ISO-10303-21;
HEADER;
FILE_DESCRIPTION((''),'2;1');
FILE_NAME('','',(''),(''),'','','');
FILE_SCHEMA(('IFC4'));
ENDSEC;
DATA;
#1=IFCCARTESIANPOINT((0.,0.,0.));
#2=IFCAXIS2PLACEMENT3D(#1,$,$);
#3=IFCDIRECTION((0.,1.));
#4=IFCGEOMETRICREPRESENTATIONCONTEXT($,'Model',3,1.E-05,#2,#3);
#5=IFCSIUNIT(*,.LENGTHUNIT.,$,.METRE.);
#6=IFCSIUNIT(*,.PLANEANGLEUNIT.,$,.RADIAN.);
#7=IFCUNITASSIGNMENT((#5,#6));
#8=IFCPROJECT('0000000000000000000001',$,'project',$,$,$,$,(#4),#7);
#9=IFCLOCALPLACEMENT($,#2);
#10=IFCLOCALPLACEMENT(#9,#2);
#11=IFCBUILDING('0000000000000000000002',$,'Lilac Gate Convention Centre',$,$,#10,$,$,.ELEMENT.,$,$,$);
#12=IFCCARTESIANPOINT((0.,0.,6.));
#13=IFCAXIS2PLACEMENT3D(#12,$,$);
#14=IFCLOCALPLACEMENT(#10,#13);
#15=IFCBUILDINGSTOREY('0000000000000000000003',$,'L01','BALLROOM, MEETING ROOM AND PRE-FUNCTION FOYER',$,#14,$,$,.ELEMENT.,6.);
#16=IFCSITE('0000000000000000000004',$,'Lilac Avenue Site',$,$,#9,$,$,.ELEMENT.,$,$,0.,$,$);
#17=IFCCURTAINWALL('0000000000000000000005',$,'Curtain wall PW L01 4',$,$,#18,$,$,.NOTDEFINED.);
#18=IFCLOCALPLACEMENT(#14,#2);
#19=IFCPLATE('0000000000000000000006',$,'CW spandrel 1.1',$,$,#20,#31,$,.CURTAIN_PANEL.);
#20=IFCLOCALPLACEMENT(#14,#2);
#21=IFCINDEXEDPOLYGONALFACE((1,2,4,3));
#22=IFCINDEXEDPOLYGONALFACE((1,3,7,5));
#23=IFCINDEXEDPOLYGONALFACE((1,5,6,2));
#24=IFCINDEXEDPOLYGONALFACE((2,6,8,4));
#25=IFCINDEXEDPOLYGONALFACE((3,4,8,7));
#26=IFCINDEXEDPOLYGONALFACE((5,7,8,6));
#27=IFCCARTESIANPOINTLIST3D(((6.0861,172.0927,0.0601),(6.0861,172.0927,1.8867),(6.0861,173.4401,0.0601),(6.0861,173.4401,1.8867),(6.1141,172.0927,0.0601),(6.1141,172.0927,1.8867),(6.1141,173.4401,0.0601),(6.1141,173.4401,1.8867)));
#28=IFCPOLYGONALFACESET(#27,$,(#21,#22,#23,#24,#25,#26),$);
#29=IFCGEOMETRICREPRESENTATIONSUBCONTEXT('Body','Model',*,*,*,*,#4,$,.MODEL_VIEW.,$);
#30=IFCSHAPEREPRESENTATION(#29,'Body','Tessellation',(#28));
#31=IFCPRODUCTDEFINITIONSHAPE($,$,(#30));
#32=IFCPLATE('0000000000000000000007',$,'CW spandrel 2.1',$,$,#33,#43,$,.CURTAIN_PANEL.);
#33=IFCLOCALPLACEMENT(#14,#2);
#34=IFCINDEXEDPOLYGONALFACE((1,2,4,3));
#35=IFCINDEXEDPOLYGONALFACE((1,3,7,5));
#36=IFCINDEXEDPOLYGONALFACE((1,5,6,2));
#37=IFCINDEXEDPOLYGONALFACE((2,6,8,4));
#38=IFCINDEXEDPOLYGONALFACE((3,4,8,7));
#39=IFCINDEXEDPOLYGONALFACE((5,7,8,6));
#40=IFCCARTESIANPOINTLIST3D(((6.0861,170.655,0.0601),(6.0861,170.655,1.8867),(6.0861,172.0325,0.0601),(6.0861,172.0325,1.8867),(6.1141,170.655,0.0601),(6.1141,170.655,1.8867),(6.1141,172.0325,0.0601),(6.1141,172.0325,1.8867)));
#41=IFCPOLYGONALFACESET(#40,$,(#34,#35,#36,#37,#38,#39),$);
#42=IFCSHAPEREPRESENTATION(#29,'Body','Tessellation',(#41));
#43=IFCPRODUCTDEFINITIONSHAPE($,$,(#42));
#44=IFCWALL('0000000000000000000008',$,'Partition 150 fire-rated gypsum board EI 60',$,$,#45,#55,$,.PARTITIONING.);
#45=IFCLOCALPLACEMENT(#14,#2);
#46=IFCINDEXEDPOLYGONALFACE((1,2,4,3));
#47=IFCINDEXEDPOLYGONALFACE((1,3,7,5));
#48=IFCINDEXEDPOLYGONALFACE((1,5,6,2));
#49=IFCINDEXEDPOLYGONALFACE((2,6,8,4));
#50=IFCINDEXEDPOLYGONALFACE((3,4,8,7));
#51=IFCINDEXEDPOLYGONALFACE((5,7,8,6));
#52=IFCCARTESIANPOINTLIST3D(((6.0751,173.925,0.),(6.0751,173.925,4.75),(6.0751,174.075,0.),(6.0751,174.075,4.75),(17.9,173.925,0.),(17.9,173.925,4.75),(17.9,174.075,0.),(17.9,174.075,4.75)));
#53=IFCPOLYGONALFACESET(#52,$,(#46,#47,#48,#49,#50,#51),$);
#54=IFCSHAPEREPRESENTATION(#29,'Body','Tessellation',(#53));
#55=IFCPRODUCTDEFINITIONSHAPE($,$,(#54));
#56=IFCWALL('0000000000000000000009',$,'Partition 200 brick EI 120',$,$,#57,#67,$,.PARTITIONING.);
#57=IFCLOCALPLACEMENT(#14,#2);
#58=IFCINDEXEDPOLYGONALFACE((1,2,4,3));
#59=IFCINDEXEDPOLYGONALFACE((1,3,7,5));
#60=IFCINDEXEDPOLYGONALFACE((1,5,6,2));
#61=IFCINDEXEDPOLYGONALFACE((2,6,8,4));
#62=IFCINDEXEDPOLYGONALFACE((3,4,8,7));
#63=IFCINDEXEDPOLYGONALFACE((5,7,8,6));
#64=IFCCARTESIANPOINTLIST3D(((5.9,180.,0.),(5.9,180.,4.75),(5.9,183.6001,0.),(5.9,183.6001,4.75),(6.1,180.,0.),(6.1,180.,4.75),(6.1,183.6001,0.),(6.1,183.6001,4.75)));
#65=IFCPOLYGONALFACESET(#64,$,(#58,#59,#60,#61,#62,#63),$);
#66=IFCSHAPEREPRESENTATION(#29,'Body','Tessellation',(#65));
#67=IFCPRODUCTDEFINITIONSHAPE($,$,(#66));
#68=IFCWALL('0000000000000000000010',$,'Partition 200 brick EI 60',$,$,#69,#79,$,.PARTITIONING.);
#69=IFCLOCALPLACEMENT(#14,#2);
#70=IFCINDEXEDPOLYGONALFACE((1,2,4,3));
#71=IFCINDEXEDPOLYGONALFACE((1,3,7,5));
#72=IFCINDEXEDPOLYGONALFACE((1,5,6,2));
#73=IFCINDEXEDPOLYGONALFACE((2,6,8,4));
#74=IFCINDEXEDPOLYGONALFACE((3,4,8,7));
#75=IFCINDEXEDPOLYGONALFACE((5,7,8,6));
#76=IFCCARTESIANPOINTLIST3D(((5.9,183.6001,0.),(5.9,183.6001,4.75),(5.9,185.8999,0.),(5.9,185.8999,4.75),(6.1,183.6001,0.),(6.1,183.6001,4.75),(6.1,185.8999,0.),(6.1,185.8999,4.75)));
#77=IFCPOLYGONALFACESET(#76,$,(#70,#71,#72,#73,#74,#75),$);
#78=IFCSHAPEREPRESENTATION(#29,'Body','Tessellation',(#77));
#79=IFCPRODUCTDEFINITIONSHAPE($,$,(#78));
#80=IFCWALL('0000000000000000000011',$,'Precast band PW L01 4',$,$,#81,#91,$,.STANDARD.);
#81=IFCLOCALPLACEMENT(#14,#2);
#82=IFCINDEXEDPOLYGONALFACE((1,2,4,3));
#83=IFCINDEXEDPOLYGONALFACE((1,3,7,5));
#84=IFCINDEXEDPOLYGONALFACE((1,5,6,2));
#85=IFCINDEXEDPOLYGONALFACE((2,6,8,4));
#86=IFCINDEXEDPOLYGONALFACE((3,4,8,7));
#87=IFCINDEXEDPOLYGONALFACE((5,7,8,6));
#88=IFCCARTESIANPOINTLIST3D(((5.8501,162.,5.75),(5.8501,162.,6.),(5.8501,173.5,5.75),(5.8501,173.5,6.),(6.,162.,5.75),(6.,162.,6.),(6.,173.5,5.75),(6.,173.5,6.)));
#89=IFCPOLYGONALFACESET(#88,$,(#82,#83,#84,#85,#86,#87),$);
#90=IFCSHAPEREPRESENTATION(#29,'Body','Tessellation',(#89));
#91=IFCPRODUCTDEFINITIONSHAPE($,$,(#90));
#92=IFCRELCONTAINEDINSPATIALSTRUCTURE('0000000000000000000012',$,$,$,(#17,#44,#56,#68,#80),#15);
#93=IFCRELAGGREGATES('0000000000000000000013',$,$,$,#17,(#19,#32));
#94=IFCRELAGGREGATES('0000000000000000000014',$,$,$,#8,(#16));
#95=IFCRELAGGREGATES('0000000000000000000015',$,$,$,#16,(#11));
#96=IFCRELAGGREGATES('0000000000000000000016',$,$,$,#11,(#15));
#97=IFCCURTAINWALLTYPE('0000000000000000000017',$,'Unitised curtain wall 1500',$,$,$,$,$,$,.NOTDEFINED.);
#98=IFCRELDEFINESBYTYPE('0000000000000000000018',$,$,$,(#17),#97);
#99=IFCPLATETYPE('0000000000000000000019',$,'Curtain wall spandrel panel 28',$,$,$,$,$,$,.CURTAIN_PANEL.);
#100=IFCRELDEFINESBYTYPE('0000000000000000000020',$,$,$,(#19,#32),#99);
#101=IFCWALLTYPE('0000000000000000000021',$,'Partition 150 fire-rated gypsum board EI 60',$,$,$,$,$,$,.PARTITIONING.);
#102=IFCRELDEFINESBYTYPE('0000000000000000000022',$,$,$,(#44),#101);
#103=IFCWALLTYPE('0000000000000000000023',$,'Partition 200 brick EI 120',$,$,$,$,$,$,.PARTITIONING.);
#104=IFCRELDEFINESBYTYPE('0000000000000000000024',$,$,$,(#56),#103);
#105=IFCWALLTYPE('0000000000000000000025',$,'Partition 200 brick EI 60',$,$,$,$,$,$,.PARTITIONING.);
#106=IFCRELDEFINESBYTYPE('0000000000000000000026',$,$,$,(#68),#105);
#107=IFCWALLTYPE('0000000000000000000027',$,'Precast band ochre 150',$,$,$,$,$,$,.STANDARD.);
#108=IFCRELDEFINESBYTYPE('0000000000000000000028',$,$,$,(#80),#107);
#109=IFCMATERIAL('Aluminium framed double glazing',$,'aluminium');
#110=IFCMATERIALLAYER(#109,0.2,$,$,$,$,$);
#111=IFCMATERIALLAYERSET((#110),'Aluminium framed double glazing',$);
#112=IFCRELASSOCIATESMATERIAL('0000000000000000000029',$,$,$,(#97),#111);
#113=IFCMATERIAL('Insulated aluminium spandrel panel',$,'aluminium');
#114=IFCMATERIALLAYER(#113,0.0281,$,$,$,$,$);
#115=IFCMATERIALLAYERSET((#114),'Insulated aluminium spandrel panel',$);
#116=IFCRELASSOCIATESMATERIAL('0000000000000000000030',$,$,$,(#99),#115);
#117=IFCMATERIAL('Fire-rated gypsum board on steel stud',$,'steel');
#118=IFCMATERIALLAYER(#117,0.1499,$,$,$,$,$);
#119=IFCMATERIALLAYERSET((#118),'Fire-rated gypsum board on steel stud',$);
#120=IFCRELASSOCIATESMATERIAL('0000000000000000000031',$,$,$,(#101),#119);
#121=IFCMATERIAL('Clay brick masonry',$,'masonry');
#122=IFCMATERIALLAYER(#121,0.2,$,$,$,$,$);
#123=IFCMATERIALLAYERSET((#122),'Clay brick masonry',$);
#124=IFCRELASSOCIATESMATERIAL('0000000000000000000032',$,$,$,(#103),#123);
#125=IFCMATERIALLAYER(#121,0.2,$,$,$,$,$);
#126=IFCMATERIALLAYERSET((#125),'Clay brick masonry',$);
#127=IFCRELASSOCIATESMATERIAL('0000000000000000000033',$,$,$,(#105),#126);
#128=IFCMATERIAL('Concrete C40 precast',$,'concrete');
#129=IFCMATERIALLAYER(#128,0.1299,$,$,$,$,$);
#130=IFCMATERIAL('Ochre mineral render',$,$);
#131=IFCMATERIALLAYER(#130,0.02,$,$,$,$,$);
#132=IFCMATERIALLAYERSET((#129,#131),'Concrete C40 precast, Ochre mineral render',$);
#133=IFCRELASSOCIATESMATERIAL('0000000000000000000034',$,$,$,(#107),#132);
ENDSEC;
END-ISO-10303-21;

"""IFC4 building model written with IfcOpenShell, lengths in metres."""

from ifc_helpers import new_model, si_unit, direction, frame, frame_2d, origin, origin_2d, place, context, subcontext, project, spatial, rectangle, extrude, material, layer, layer_set, type_object, element, aggregate, save


model = new_model("IFC4")

# Units and contexts
model_context = context("Model", 3, precision=1e-05, world=origin(), true_north=direction((0.0, 1.0)))
body_context = subcontext(model_context, "Body", "Model", "MODEL_VIEW")
ifc_project = project(units=[si_unit("LENGTHUNIT", "METRE"), si_unit("PLANEANGLEUNIT", "RADIAN")], contexts=[model_context])

# Site, building, storey
site_placement = place(None, origin())
site = spatial("IfcSite", under=ifc_project, at=site_placement, Name="Lilac Avenue Site", CompositionType="ELEMENT", RefElevation=0.0)
building_placement = place(site_placement, origin())
building = spatial("IfcBuilding", under=site, at=building_placement, Name="Lilac Gate Convention Centre", CompositionType="ELEMENT")
storey_placement = place(building_placement, frame((0.0, 0.0, 6.0)))
storey = spatial("IfcBuildingStorey", under=building, at=storey_placement, Name="L01", Description="BALLROOM, MEETING ROOM AND PRE-FUNCTION FOYER", CompositionType="ELEMENT", Elevation=6.0)

# Curtain wall
ifc_material_1 = material(Name="Aluminium framed double glazing", Category="aluminium")
ifc_layer_1 = layer(ifc_material_1, 0.2)
ifc_layer_set_1 = layer_set([ifc_layer_1], Name="Aluminium framed double glazing")
curtain_wall_type = type_object("IfcCurtainWallType", Name="Unitised curtain wall 1500", PredefinedType="NOTDEFINED", material=ifc_layer_set_1)
curtain_wall_1_placement = place(storey_placement, origin())
curtain_wall_1 = element("IfcCurtainWall", 1, at=curtain_wall_1_placement, inside=storey, type_object=curtain_wall_type, Name="Curtain wall PW L01 4", PredefinedType="NOTDEFINED")

# Plates
ifc_material_2 = material(Name="Insulated aluminium spandrel panel", Category="aluminium")
ifc_layer_2 = layer(ifc_material_2, 0.0281)
ifc_layer_set_2 = layer_set([ifc_layer_2], Name="Insulated aluminium spandrel panel")
plate_type_1 = type_object("IfcPlateType", Name="Curtain wall spandrel panel 28", PredefinedType="CURTAIN_PANEL", material=ifc_layer_set_2)
plate_1_placement = place(storey_placement, frame((6.1001, 172.7664, 0.0601), z_axis=(0.0, 0.0, 1.0), x_axis=(0.0, -1.0, 0.0)))
plate_1 = element("IfcPlate", 2, at=plate_1_placement, type_object=plate_type_1, Name="CW spandrel 1.1", PredefinedType="CURTAIN_PANEL", context=body_context, shape_type="SweptSolid", body=[
    extrude(rectangle(XDim=1.3474, YDim=0.0281, at=origin_2d()), origin(), (0.0, 0.0, 1.0), 1.8267),
])
plate_2_placement = place(storey_placement, frame((6.1001, 171.3438, 0.0601), z_axis=(0.0, 0.0, 1.0), x_axis=(0.0, -1.0, 0.0)))
plate_2 = element("IfcPlate", 3, at=plate_2_placement, type_object=plate_type_1, Name="CW spandrel 2.1", PredefinedType="CURTAIN_PANEL", context=body_context, shape_type="SweptSolid", body=[
    extrude(rectangle(XDim=1.3774, YDim=0.0281, at=origin_2d()), origin(), (0.0, 0.0, 1.0), 1.8267),
])
aggregate(curtain_wall_1, [plate_1, plate_2])

# Walls
ifc_material_3 = material(Name="Fire-rated gypsum board on steel stud", Category="steel")
ifc_layer_3 = layer(ifc_material_3, 0.1499)
ifc_layer_set_3 = layer_set([ifc_layer_3], Name="Fire-rated gypsum board on steel stud")
wall_type_1 = type_object("IfcWallType", Name="Partition 150 fire-rated gypsum board EI 60", PredefinedType="PARTITIONING", material=ifc_layer_set_3)
wall_1_placement = place(storey_placement, frame((6.075, 174.0, 0.0), z_axis=(0.0, 0.0, 1.0), x_axis=(1.0, 0.0, 0.0)))
element("IfcWall", 4, at=wall_1_placement, inside=storey, type_object=wall_type_1, Name="Partition 150 fire-rated gypsum board EI 60", PredefinedType="PARTITIONING", context=body_context, shape_type="SweptSolid", body=[
    extrude(rectangle(XDim=11.825, YDim=0.1499, at=frame_2d((5.9126, 0.0))), origin(), (0.0, 0.0, 1.0), 4.75),
])
ifc_material_4 = material(Name="Clay brick masonry", Category="masonry")
ifc_layer_4 = layer(ifc_material_4, 0.2)
ifc_layer_set_4 = layer_set([ifc_layer_4], Name="Clay brick masonry")
wall_type_2 = type_object("IfcWallType", Name="Partition 200 brick EI 120", PredefinedType="PARTITIONING", material=ifc_layer_set_4)
wall_2_placement = place(storey_placement, frame((6.0, 180.0, 0.0), z_axis=(0.0, 0.0, 1.0), x_axis=(0.0, 1.0, 0.0)))
element("IfcWall", 5, at=wall_2_placement, inside=storey, type_object=wall_type_2, Name="Partition 200 brick EI 120", PredefinedType="PARTITIONING", context=body_context, shape_type="SweptSolid", body=[
    extrude(rectangle(XDim=3.6001, YDim=0.2, at=frame_2d((1.8, 0.0))), origin(), (0.0, 0.0, 1.0), 4.75),
])
ifc_layer_5 = layer(ifc_material_4, 0.2)
ifc_layer_set_5 = layer_set([ifc_layer_5], Name="Clay brick masonry")
wall_type_3 = type_object("IfcWallType", Name="Partition 200 brick EI 60", PredefinedType="PARTITIONING", material=ifc_layer_set_5)
wall_3_placement = place(storey_placement, frame((6.0, 183.6001, 0.0), z_axis=(0.0, 0.0, 1.0), x_axis=(0.0, 1.0, 0.0)))
element("IfcWall", 6, at=wall_3_placement, inside=storey, type_object=wall_type_3, Name="Partition 200 brick EI 60", PredefinedType="PARTITIONING", context=body_context, shape_type="SweptSolid", body=[
    extrude(rectangle(XDim=2.2998, YDim=0.2, at=frame_2d((1.1499, 0.0))), origin(), (0.0, 0.0, 1.0), 4.75),
])
ifc_material_5 = material(Name="Concrete C40 precast", Category="concrete")
ifc_layer_6 = layer(ifc_material_5, 0.1299)
ifc_material_6 = material(Name="Ochre mineral render")
ifc_layer_7 = layer(ifc_material_6, 0.02)
ifc_layer_set_6 = layer_set([ifc_layer_6, ifc_layer_7], Name="Concrete C40 precast, Ochre mineral render")
wall_type_4 = type_object("IfcWallType", Name="Precast band ochre 150", PredefinedType="STANDARD", material=ifc_layer_set_6)
wall_4_placement = place(storey_placement, frame((5.925, 173.5, 5.75), z_axis=(0.0, 0.0, 1.0), x_axis=(0.0, -1.0, 0.0)))
element("IfcWall", 7, at=wall_4_placement, inside=storey, type_object=wall_type_4, Name="Precast band PW L01 4", PredefinedType="STANDARD", context=body_context, shape_type="SweptSolid", body=[
    extrude(rectangle(XDim=11.5, YDim=0.1499, at=frame_2d((5.75, 0.0))), origin(), (0.0, 0.0, 1.0), 0.25),
])

save(model, "model.ifc")
